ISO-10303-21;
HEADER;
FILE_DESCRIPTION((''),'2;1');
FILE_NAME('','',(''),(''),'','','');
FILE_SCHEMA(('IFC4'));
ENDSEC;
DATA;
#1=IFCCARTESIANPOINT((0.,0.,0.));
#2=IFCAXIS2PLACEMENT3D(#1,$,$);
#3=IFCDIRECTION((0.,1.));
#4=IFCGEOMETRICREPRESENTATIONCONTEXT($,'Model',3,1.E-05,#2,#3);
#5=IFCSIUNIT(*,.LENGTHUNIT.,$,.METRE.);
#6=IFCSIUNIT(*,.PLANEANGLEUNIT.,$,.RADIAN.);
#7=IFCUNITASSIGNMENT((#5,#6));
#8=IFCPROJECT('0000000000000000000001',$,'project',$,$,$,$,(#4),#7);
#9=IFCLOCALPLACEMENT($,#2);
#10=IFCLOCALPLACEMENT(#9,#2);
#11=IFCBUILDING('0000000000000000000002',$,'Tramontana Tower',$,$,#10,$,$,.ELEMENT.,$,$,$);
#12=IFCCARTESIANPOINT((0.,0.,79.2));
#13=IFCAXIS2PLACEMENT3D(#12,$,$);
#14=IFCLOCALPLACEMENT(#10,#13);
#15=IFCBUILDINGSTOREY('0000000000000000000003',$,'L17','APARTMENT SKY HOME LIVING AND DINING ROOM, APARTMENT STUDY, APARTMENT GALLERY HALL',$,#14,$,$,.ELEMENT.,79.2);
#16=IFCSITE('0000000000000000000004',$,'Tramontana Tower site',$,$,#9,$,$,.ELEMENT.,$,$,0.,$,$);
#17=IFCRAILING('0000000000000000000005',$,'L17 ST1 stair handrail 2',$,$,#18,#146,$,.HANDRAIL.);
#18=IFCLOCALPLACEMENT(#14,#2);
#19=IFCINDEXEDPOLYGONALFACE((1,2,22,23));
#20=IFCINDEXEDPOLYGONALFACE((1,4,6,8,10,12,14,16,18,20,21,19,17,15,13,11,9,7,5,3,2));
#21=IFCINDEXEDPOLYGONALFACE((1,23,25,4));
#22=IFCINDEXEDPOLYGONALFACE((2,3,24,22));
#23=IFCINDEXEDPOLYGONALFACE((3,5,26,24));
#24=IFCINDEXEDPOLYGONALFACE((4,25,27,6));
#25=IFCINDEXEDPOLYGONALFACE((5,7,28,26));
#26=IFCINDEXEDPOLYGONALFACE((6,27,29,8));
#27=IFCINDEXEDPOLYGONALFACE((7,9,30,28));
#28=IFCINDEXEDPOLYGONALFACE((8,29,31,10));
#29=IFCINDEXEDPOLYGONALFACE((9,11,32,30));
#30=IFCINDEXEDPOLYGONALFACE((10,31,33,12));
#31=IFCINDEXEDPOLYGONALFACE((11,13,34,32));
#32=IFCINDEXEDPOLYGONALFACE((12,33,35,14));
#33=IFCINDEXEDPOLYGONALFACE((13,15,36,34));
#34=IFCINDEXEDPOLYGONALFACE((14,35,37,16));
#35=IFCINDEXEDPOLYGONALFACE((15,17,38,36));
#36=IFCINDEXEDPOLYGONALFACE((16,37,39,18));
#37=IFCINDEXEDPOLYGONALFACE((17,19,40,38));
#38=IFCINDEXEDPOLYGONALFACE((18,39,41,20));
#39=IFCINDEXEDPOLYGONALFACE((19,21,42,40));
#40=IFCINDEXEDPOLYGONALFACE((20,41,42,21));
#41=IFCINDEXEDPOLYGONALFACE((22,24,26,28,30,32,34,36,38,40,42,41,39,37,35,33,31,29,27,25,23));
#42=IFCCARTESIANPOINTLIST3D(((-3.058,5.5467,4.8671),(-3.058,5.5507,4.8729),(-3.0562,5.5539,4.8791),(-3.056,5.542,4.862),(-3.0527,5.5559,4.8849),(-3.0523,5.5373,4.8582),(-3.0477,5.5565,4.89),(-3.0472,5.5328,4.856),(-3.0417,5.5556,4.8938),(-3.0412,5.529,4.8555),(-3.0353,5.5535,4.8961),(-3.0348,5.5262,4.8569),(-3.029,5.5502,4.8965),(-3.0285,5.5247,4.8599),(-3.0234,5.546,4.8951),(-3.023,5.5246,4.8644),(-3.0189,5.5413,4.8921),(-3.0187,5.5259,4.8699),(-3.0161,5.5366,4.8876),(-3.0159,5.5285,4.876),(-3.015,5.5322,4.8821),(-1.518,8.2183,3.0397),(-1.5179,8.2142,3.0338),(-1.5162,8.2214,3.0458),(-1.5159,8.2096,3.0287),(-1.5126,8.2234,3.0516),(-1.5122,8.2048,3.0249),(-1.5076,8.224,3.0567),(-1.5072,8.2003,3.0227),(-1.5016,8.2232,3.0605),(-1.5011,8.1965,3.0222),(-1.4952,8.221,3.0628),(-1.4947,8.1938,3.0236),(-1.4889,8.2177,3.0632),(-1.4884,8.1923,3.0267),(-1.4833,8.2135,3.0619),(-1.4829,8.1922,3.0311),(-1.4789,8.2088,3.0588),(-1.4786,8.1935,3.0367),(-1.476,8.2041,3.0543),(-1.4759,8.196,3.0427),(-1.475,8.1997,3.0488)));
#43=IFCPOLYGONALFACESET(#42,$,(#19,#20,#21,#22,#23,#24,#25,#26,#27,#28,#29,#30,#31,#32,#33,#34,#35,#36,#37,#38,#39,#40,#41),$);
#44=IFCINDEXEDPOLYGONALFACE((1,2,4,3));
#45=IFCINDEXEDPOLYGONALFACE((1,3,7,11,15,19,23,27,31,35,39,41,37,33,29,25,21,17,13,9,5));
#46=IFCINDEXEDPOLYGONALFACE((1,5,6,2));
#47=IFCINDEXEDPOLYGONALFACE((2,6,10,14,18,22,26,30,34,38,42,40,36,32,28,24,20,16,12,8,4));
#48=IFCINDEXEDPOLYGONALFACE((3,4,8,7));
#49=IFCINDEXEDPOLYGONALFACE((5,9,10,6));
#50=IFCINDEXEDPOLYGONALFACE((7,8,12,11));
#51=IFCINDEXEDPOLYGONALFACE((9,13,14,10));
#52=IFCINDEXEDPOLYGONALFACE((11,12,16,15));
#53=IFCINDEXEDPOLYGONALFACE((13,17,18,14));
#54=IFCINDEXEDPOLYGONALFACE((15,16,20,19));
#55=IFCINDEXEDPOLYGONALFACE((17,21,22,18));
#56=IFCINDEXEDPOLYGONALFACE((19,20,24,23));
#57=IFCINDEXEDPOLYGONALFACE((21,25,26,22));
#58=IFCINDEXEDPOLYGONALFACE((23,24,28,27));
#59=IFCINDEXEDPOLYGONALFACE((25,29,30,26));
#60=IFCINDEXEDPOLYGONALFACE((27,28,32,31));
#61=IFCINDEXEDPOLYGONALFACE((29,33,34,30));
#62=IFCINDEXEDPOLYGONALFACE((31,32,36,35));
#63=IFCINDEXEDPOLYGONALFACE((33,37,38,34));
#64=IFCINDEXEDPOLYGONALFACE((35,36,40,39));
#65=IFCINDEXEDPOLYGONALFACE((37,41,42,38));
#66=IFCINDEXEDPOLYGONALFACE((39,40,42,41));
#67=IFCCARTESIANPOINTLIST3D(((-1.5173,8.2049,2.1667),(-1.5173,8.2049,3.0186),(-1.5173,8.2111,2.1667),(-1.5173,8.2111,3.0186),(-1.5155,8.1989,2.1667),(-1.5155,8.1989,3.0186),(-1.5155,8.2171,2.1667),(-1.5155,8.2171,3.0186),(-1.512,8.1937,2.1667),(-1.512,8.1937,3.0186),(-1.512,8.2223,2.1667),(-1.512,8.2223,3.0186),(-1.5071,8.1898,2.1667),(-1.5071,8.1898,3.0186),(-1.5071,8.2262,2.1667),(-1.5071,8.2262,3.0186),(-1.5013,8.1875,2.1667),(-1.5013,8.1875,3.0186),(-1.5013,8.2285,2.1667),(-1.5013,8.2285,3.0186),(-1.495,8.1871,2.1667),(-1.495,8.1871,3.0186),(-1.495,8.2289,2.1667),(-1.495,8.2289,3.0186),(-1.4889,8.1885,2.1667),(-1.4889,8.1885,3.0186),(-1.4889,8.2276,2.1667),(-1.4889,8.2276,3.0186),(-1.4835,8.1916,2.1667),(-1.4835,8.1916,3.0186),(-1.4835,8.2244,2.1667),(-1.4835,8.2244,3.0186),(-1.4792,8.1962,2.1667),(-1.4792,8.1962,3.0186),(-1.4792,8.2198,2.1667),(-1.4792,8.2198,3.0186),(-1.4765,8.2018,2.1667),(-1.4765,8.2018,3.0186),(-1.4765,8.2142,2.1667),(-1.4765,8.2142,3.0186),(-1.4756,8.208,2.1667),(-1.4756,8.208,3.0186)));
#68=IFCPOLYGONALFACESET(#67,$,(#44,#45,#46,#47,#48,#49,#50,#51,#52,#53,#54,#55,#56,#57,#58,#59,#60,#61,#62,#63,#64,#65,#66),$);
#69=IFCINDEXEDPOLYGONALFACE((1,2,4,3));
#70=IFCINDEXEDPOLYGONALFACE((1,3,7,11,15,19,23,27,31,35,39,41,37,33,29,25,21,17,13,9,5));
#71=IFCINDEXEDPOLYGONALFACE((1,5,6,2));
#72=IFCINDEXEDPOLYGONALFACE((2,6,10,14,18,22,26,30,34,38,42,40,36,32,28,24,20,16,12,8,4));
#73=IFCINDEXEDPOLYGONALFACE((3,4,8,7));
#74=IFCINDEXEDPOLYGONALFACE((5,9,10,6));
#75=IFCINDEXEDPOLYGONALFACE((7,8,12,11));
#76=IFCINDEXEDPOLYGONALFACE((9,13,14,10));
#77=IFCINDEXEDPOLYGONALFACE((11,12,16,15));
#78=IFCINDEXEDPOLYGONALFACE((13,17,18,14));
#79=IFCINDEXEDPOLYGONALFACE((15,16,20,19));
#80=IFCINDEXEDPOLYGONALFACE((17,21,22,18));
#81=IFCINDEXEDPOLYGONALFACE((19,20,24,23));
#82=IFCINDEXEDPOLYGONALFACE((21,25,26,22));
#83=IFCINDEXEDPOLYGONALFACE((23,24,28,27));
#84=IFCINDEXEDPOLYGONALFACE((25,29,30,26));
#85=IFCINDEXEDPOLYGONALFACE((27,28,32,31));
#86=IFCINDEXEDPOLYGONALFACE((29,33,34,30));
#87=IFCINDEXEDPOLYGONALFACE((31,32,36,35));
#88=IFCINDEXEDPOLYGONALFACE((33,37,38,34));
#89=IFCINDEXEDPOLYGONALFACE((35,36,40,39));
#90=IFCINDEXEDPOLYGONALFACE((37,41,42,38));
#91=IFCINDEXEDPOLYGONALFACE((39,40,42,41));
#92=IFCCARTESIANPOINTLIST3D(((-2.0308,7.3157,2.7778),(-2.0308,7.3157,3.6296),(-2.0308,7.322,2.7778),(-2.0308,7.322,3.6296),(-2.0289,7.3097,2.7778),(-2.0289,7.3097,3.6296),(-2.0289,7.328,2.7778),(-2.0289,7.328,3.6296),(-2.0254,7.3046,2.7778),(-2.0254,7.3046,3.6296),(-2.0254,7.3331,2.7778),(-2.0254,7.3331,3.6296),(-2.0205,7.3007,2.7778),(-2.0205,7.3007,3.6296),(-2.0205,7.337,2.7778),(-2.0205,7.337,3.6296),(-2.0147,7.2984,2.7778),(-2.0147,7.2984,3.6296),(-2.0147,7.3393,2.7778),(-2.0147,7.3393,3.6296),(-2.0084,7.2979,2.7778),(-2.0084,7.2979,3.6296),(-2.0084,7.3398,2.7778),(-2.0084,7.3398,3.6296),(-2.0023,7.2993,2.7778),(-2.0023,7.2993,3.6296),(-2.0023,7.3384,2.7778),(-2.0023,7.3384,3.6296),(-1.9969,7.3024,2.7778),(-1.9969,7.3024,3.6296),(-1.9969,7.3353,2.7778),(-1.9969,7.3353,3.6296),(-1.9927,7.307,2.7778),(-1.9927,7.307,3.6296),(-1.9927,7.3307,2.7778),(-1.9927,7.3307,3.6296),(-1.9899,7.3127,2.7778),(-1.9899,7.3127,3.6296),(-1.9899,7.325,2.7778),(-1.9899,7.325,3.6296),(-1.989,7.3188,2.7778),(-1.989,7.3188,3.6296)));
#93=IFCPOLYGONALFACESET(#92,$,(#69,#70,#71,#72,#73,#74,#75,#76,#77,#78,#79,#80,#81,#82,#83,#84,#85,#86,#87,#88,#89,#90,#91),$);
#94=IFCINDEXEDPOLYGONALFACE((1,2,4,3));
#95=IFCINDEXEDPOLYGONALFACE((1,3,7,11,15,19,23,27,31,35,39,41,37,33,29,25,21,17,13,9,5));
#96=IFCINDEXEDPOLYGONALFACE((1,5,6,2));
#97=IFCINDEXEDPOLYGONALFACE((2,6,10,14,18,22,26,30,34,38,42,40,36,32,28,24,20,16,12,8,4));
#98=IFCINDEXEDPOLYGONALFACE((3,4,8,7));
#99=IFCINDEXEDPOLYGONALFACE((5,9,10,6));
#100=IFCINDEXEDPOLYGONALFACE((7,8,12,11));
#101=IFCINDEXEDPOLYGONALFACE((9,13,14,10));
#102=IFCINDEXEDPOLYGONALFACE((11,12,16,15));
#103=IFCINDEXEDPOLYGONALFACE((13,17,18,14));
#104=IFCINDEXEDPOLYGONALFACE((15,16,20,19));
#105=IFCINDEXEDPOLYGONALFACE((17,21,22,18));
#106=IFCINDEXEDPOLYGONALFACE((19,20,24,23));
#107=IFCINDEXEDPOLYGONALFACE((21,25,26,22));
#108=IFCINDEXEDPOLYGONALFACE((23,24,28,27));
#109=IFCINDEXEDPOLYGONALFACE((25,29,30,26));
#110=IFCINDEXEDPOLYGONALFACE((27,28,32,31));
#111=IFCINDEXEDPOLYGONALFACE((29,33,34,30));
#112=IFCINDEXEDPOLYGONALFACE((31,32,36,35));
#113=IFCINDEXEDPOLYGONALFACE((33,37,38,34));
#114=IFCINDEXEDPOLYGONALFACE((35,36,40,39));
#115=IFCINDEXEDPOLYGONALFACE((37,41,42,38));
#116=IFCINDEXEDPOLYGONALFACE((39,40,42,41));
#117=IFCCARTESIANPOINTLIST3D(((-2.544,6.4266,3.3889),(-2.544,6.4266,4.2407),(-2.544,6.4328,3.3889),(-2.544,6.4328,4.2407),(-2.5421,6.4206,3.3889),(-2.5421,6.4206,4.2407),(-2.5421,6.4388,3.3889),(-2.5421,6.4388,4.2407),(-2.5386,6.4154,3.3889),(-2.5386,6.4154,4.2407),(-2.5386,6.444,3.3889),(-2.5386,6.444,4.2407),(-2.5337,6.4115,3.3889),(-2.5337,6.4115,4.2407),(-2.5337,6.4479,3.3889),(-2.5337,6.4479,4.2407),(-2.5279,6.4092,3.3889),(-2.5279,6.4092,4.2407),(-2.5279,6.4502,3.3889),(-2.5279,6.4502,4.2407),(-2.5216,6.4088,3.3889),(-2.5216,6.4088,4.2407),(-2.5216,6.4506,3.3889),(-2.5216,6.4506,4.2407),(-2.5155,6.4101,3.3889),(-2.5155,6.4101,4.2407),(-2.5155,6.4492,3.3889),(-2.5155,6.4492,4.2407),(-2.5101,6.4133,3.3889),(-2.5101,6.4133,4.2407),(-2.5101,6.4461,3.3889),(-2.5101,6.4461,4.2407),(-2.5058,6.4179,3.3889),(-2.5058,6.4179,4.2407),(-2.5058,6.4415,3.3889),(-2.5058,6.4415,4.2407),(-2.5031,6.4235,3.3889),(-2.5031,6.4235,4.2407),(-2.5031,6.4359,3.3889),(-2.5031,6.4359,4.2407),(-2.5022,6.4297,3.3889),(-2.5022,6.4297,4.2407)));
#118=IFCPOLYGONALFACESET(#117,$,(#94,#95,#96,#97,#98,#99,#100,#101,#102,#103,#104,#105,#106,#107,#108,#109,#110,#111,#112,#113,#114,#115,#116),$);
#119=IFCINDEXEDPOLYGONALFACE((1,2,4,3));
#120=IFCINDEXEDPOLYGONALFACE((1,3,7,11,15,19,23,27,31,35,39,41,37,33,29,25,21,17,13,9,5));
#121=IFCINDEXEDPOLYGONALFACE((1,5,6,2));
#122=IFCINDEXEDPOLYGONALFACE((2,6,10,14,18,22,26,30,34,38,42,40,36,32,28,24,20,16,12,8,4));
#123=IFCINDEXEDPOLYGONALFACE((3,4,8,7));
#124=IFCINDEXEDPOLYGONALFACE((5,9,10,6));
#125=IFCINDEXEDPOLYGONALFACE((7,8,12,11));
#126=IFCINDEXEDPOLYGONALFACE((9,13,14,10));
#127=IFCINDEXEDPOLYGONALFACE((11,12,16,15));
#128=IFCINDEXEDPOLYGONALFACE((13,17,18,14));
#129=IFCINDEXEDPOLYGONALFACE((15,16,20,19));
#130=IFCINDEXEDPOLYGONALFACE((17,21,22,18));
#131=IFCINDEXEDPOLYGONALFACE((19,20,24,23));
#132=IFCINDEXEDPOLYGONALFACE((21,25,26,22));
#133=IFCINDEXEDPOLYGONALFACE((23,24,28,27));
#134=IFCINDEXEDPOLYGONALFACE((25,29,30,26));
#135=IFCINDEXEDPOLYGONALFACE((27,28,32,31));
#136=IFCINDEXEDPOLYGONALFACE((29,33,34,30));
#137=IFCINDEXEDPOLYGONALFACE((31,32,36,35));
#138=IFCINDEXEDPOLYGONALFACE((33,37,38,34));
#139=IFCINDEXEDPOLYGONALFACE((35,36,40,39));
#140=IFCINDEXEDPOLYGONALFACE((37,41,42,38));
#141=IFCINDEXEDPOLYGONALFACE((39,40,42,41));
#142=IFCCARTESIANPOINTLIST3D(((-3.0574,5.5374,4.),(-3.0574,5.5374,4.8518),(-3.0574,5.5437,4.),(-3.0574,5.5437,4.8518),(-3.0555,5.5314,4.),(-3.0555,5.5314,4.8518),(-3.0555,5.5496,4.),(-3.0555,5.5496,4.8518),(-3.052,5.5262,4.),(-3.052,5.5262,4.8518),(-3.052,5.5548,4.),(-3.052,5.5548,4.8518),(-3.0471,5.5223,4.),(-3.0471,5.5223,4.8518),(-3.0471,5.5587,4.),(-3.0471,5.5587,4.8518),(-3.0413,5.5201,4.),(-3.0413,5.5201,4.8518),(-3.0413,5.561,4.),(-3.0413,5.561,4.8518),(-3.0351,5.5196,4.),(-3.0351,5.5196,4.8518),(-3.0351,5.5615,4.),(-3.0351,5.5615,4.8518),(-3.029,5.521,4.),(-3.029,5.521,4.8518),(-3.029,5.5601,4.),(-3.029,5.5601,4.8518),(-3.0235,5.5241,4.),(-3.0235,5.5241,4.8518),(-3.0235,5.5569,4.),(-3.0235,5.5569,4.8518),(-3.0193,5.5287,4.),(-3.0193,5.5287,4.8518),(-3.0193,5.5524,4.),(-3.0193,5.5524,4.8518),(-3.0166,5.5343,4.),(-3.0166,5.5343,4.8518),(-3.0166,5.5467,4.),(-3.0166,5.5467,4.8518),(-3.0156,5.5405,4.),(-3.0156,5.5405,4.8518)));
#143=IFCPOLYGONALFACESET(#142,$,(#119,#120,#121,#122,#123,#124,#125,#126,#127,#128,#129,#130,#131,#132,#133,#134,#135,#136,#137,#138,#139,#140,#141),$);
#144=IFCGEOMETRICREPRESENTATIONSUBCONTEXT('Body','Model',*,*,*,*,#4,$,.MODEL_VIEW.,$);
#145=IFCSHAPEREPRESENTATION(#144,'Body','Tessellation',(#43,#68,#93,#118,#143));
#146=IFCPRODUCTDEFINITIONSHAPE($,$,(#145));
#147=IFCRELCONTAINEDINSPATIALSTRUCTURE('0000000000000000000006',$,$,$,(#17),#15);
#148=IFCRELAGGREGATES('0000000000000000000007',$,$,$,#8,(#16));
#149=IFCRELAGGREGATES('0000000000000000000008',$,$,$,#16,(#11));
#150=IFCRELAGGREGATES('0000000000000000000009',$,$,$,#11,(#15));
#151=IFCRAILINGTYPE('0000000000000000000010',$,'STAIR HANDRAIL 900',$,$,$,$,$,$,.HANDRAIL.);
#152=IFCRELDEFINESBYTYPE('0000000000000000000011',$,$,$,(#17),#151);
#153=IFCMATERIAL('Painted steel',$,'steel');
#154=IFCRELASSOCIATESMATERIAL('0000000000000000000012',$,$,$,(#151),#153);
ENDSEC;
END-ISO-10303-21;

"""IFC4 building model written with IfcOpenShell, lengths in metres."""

from ifc_helpers import new_model, si_unit, direction, frame, origin, origin_2d, place, context, subcontext, project, spatial, circle, extrude, material, type_object, element, save


model = new_model("IFC4")

# Units and contexts
model_context = context("Model", 3, precision=1e-05, world=origin(), true_north=direction((0.0, 1.0)))
body_context = subcontext(model_context, "Body", "Model", "MODEL_VIEW")
ifc_project = project(units=[si_unit("LENGTHUNIT", "METRE"), si_unit("PLANEANGLEUNIT", "RADIAN")], contexts=[model_context])

# Site, building, storey
site_placement = place(None, origin())
site = spatial("IfcSite", under=ifc_project, at=site_placement, Name="Tramontana Tower site", CompositionType="ELEMENT", RefElevation=0.0)
building_placement = place(site_placement, origin())
building = spatial("IfcBuilding", under=site, at=building_placement, Name="Tramontana Tower", CompositionType="ELEMENT")
storey_placement = place(building_placement, frame((0.0, 0.0, 79.2)))
storey = spatial("IfcBuildingStorey", under=building, at=storey_placement, Name="L17", Description="APARTMENT SKY HOME LIVING AND DINING ROOM, APARTMENT STUDY, APARTMENT GALLERY HALL", CompositionType="ELEMENT", Elevation=79.2)

# Railing
ifc_material_1 = material(Name="Painted steel", Category="steel")
railing_type_1 = type_object("IfcRailingType", Name="STAIR HANDRAIL 900", PredefinedType="HANDRAIL", material=ifc_material_1)
railing_1_placement = place(storey_placement, frame((-1.4966, 8.208, 2.1667)))
element("IfcRailing", 1, at=railing_1_placement, inside=storey, type_object=railing_type_1, Name="L17 ST1 stair handrail 2", PredefinedType="HANDRAIL", context=body_context, shape_type="SweptSolid", body=[
    extrude(circle(Radius=0.0239, at=origin_2d()), frame((0.0, 0.0, 0.876), z_axis=(-0.429649, -0.74419, 0.511452), x_axis=(0.86603, -0.499992, 0.0)), (0.0, 0.0, 1.0), 3.5845),
    extrude(circle(Radius=0.021, at=origin_2d()), origin(), (0.0, 0.0, 1.0), 0.8518),
    extrude(circle(Radius=0.021, at=origin_2d()), frame((-0.5134, -0.8892, 0.6111)), (0.0, 0.0, 1.0), 0.8518),
    extrude(circle(Radius=0.021, at=origin_2d()), frame((-1.0266, -1.7783, 1.2222)), (0.0, 0.0, 1.0), 0.8518),
    extrude(circle(Radius=0.021, at=origin_2d()), frame((-1.54, -2.6675, 1.8333)), (0.0, 0.0, 1.0), 0.8518),
])

save(model, "model.ifc")
